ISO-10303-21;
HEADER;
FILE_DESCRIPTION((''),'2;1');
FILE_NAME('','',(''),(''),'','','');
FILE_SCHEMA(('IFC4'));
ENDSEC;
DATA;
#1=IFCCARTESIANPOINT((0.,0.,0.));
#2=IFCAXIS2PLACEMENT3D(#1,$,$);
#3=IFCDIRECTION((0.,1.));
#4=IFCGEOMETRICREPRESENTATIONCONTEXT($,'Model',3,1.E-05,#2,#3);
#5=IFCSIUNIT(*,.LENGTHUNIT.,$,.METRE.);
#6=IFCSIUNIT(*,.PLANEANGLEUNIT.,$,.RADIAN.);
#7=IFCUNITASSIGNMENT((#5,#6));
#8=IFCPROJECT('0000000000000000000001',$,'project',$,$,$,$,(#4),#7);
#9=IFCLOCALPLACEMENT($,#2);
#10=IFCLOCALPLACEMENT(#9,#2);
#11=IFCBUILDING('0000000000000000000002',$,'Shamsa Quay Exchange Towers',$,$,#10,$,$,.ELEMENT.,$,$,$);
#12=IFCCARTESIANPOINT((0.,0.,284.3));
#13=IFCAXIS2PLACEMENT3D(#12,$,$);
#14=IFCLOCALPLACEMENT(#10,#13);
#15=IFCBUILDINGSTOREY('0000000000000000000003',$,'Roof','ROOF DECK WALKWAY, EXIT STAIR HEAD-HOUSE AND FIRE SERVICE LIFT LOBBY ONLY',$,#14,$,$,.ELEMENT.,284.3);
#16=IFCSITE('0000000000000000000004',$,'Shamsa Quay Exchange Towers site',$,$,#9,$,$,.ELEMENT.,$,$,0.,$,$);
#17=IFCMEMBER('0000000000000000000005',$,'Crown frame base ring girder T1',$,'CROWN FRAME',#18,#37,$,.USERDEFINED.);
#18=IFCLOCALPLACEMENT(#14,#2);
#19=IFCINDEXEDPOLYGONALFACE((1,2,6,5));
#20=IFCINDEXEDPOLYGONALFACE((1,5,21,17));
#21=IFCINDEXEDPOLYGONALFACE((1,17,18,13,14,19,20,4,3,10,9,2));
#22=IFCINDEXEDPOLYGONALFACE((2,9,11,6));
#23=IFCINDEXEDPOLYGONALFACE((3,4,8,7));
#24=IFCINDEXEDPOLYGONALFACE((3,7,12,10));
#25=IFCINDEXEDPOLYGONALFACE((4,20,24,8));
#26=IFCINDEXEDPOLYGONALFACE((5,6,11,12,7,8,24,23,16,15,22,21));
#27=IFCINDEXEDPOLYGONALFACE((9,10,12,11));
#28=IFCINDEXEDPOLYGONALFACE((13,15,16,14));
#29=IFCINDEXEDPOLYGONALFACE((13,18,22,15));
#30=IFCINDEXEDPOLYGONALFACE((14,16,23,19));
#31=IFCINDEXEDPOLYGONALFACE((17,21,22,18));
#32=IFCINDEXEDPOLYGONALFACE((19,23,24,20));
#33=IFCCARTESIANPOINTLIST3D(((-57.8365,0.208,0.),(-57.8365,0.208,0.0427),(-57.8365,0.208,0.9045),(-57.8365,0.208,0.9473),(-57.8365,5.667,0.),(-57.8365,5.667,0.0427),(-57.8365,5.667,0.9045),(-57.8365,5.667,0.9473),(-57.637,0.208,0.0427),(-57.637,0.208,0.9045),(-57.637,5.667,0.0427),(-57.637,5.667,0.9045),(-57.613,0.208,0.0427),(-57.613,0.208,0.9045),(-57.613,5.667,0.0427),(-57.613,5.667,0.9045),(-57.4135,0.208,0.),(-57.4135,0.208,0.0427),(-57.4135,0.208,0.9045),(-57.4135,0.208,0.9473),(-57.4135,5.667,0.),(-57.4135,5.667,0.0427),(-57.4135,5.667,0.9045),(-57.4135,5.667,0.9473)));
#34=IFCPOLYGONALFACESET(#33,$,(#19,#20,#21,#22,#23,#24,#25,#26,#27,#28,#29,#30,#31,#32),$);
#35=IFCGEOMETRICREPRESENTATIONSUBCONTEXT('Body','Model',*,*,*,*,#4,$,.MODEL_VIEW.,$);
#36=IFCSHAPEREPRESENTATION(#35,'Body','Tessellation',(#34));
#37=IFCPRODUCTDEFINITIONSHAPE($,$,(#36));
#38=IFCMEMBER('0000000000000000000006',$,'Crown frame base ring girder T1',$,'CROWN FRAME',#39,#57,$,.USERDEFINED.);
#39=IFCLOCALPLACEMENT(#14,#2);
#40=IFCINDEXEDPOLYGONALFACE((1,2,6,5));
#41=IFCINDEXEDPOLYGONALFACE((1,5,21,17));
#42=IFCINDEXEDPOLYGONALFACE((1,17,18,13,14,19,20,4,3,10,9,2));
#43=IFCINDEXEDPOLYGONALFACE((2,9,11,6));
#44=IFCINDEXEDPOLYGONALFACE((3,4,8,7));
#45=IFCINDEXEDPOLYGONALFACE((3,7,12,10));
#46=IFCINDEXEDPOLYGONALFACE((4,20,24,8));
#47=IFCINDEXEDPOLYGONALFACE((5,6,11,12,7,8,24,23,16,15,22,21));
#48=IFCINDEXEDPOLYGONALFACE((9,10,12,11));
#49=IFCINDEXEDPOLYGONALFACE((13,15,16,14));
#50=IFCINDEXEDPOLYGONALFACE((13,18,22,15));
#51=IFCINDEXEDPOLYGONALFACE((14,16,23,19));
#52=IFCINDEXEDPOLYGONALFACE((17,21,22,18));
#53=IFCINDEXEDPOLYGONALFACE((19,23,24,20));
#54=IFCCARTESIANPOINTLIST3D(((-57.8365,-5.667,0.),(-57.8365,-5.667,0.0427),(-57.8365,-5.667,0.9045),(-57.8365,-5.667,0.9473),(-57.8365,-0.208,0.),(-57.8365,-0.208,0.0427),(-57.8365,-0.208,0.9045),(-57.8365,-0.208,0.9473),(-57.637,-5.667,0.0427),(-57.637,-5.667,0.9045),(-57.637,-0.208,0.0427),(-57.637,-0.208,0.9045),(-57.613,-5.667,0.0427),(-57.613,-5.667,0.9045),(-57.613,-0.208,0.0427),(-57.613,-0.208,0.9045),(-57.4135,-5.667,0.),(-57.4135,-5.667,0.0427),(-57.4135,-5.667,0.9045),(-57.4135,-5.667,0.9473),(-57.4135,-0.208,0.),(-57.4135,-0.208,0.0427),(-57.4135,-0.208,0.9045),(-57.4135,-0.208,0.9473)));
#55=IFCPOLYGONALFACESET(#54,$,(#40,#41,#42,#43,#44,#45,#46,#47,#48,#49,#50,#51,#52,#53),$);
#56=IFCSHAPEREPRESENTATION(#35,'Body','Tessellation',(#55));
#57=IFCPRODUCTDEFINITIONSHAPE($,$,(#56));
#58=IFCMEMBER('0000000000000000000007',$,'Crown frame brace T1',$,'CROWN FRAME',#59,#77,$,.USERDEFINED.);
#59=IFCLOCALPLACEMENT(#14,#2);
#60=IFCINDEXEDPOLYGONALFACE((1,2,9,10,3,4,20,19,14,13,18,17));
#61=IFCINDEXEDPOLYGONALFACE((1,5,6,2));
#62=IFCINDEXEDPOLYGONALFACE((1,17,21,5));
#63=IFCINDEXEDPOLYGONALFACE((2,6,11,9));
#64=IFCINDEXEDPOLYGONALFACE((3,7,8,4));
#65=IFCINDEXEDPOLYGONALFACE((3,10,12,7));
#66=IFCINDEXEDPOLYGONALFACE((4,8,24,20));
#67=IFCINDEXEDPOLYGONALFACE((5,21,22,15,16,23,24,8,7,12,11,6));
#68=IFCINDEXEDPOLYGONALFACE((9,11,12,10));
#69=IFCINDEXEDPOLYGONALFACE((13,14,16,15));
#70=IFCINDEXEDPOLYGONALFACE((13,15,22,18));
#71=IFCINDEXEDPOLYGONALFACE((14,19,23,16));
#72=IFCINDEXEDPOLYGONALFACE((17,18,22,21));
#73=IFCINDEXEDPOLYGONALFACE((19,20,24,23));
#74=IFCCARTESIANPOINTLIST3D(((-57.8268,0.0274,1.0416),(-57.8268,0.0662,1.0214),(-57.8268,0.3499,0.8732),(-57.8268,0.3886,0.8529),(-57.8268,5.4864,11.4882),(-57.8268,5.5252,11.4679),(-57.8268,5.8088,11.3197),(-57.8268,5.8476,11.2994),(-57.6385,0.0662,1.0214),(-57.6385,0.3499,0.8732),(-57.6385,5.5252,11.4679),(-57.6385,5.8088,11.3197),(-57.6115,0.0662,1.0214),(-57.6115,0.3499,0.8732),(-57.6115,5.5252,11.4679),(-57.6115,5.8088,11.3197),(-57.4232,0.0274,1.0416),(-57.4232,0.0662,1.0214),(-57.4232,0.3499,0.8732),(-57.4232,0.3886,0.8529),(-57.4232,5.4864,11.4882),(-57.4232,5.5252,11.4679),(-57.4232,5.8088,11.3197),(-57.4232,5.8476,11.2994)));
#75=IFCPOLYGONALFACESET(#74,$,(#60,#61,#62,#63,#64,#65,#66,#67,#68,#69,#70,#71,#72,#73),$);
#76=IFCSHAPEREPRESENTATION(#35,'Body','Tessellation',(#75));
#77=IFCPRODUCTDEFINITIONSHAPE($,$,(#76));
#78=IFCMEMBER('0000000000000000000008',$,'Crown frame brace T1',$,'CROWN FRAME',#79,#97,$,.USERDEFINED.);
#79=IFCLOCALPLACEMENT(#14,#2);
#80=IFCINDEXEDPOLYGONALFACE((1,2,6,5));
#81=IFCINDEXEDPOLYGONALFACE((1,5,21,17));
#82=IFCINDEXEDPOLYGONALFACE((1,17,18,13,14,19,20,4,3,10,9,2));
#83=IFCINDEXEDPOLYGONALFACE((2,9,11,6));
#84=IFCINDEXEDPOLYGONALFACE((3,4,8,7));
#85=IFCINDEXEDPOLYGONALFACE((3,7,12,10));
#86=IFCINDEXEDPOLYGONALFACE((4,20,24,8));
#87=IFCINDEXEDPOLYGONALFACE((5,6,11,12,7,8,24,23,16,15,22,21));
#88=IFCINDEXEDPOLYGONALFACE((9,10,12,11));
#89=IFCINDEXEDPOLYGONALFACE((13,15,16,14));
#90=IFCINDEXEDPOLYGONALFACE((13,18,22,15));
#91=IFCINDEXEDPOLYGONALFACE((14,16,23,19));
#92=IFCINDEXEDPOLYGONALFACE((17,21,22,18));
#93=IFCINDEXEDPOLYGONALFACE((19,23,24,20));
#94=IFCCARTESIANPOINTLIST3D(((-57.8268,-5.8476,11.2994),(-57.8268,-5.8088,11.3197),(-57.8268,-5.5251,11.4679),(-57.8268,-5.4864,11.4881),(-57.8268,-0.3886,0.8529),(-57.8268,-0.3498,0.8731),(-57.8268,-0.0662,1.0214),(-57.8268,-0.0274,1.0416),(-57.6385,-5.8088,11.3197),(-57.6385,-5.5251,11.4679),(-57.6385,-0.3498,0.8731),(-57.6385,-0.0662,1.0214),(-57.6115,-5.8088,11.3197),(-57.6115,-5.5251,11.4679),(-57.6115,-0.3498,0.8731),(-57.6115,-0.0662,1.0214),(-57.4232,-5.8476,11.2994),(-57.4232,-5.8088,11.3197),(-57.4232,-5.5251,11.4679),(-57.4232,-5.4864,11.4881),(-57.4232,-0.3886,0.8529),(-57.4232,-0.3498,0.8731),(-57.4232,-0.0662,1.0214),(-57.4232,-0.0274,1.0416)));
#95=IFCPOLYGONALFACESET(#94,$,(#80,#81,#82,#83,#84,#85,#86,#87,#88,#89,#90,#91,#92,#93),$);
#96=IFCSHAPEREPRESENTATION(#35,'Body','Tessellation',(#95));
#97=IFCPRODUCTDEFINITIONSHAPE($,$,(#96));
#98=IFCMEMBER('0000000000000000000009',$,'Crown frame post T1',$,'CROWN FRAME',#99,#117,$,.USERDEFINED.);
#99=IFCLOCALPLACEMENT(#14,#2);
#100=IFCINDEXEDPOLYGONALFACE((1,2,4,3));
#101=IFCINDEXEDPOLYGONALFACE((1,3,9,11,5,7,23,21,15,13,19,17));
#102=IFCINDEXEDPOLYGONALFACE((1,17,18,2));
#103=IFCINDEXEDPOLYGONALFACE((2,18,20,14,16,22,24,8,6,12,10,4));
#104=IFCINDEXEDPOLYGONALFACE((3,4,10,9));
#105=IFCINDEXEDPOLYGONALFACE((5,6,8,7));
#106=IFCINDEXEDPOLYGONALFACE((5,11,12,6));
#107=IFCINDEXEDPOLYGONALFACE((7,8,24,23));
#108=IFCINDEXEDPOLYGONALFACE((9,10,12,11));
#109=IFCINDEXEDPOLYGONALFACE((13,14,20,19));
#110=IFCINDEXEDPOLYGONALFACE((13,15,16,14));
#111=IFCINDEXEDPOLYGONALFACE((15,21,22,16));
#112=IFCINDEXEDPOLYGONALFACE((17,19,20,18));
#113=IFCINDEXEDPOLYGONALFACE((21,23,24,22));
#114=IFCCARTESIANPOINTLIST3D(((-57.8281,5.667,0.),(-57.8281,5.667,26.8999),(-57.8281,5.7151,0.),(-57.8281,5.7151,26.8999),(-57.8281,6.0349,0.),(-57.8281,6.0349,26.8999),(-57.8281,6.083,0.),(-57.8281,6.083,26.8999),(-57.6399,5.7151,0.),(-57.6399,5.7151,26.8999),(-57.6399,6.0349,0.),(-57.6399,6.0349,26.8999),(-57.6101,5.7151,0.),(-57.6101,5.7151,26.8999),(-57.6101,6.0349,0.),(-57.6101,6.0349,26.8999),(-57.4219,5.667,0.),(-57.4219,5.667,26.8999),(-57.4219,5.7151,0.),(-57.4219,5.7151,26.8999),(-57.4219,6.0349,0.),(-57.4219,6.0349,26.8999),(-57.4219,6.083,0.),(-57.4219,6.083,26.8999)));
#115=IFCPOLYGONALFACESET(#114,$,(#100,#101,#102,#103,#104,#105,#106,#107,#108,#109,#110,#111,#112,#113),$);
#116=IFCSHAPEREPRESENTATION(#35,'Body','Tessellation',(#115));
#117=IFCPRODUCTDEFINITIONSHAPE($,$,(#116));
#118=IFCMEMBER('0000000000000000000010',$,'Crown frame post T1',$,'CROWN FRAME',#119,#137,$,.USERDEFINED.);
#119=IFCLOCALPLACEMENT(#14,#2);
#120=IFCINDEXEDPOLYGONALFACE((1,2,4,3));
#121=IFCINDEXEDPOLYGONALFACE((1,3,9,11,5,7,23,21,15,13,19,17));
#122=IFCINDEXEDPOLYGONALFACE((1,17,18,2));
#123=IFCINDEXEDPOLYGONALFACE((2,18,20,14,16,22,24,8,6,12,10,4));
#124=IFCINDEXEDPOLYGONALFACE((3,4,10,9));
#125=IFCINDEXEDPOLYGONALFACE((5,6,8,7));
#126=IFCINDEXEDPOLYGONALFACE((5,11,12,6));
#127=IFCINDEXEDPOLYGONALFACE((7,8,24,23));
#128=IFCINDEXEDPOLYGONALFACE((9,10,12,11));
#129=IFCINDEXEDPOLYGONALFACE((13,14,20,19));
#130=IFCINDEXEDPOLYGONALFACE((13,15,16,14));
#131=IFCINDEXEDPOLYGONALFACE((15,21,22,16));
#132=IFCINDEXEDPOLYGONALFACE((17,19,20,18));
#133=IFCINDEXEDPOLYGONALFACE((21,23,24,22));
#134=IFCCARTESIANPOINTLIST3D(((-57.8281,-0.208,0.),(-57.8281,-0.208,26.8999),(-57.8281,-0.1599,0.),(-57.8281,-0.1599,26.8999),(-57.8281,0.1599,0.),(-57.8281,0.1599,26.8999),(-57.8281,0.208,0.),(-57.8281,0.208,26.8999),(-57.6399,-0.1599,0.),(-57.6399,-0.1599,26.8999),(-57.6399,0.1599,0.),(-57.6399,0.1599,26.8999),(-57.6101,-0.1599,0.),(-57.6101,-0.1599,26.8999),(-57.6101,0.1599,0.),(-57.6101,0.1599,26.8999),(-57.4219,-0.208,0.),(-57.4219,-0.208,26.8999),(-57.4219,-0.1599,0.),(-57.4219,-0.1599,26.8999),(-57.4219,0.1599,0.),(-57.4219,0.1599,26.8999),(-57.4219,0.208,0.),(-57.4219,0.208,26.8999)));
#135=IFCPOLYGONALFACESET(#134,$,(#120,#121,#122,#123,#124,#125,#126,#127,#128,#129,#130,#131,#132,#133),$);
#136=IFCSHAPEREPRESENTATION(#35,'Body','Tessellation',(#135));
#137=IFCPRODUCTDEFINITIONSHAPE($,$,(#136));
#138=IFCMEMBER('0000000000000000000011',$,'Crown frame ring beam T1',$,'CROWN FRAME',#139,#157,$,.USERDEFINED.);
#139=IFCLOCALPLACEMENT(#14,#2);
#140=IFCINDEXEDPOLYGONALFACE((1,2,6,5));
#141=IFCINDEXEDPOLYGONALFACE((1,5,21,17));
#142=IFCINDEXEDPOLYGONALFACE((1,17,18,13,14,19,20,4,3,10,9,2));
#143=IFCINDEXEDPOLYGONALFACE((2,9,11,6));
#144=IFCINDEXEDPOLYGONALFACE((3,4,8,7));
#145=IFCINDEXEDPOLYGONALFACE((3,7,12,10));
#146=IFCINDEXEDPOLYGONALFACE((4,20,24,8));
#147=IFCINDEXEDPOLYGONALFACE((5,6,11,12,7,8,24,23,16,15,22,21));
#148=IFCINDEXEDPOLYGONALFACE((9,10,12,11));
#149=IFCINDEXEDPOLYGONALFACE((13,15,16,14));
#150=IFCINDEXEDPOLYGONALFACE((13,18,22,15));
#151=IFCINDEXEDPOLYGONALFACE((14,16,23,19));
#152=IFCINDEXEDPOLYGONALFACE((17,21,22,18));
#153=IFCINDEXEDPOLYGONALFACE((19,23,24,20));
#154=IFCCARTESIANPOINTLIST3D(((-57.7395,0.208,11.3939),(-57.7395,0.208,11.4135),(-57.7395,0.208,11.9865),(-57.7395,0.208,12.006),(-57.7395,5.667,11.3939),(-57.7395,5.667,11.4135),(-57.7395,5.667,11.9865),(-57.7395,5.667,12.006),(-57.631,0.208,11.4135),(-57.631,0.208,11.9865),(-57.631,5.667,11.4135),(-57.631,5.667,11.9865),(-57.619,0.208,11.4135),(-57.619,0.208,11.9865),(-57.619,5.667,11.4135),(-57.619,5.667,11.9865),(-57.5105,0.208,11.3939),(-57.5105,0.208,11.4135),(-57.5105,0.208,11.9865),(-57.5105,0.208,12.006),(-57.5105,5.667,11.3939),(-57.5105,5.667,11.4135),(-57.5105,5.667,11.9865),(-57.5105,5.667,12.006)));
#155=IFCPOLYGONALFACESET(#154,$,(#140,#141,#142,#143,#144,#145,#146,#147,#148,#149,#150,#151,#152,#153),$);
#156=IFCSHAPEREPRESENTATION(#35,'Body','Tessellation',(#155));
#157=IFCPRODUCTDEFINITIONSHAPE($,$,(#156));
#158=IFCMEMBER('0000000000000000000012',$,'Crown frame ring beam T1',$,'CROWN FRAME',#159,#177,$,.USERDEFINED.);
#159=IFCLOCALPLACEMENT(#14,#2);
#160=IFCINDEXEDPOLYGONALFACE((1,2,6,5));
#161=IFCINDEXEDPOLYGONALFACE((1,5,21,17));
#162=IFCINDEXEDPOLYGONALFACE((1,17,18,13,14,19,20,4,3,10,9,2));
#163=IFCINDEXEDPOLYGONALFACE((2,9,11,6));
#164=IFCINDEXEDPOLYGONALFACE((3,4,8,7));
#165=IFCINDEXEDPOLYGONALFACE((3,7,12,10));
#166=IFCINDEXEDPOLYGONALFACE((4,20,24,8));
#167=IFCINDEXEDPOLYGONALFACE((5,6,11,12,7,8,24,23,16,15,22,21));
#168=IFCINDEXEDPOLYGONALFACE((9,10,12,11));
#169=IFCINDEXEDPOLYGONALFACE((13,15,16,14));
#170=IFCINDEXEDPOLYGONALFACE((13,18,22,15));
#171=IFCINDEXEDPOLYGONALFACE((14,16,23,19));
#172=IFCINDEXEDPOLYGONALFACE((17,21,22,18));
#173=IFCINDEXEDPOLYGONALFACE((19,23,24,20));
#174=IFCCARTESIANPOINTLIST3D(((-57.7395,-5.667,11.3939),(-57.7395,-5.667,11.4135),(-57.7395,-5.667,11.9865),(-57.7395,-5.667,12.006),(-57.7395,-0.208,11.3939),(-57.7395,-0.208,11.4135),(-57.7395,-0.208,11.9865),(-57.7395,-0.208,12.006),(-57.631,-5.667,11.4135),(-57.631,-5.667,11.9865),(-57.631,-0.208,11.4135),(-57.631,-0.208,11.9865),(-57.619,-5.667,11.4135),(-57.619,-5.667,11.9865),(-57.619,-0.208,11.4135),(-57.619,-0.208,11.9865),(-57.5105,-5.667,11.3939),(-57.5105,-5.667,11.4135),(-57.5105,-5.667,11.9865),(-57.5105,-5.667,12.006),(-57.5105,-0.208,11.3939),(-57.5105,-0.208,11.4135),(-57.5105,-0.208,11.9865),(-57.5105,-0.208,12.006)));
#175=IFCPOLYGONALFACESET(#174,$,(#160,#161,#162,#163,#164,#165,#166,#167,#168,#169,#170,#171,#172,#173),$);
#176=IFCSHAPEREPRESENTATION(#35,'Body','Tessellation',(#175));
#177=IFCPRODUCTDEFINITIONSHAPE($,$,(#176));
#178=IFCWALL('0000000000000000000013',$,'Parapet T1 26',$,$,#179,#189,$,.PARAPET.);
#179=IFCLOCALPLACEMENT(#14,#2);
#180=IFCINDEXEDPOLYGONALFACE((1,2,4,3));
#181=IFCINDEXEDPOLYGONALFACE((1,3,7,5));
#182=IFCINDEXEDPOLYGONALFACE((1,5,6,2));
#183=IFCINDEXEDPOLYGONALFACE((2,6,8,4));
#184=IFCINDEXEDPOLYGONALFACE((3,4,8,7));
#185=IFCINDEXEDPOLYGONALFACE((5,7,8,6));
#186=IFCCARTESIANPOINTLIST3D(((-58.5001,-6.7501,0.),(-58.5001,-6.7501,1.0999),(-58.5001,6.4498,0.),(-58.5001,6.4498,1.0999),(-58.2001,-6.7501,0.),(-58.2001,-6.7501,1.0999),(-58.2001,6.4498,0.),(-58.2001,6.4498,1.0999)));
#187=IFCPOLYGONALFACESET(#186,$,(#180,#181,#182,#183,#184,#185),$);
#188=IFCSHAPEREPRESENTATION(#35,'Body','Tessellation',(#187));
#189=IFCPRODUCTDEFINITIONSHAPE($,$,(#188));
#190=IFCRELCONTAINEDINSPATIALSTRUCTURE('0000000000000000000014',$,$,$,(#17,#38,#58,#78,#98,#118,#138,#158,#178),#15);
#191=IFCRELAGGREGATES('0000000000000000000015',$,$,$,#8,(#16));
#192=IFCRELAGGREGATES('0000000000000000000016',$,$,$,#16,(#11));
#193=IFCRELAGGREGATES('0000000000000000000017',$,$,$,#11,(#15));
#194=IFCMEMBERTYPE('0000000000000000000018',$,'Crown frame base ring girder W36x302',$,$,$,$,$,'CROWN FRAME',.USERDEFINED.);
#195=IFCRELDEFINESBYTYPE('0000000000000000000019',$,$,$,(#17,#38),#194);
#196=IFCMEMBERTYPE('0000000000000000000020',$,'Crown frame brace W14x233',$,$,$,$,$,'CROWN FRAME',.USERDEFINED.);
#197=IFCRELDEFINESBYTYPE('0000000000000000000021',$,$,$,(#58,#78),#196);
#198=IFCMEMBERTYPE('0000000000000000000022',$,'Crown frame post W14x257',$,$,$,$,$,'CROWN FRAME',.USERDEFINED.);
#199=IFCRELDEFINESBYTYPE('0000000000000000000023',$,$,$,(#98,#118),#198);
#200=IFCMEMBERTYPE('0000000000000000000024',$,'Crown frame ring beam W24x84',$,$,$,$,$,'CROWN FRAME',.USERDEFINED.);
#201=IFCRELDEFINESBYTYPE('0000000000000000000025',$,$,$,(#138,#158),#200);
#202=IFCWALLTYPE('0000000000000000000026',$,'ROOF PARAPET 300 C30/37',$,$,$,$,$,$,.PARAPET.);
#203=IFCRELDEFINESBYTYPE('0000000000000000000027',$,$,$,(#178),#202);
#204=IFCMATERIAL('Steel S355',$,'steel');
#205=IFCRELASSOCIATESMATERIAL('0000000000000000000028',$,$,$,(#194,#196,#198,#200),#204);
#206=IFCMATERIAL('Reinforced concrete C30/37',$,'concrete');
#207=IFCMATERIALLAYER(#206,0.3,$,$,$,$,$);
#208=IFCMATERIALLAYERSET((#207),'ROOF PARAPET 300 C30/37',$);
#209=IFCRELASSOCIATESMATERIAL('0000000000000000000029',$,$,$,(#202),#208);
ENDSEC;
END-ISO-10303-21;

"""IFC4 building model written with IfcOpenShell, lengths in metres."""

from ifc_helpers import new_model, si_unit, direction, frame, frame_2d, origin, origin_2d, place, context, subcontext, project, spatial, rectangle, i_section, extrude, material, layer, layer_set, material_profile, profile_set, type_object, element, save


model = new_model("IFC4")

# Units and contexts
model_context = context("Model", 3, precision=1e-05, world=origin(), true_north=direction((0.0, 1.0)))
body_context = subcontext(model_context, "Body", "Model", "MODEL_VIEW")
ifc_project = project(units=[si_unit("LENGTHUNIT", "METRE"), si_unit("PLANEANGLEUNIT", "RADIAN")], contexts=[model_context])

# Site, building, storey
site_placement = place(None, origin())
site = spatial("IfcSite", under=ifc_project, at=site_placement, Name="Shamsa Quay Exchange Towers site", CompositionType="ELEMENT", RefElevation=0.0)
building_placement = place(site_placement, origin())
building = spatial("IfcBuilding", under=site, at=building_placement, Name="Shamsa Quay Exchange Towers", CompositionType="ELEMENT")
storey_placement = place(building_placement, frame((0.0, 0.0, 284.3)))
storey = spatial("IfcBuildingStorey", under=building, at=storey_placement, Name="Roof", Description="ROOF DECK WALKWAY, EXIT STAIR HEAD-HOUSE AND FIRE SERVICE LIFT LOBBY ONLY", CompositionType="ELEMENT", Elevation=284.3)

# Members
ifc_material_1 = material(Name="Steel S355", Category="steel")
ifc_material_profile_1 = material_profile(ifc_material_1, i_section(OverallWidth=0.4231, OverallDepth=0.9473, WebThickness=0.0239, FlangeThickness=0.0427, at=origin_2d()), Name="W36x302")
ifc_profile_set_1 = profile_set([ifc_material_profile_1], Name="Steel S355")
member_type_1 = type_object("IfcMemberType", Name="Crown frame base ring girder W36x302", ElementType="CROWN FRAME", PredefinedType="USERDEFINED", material=ifc_profile_set_1)
for number, where, z_axis, x_axis, name in (
    (1, (-57.625, 5.667, 0.4736), (0.0, -1.0, 0.0), (1.0, 0.0, 0.0), "Crown frame base ring girder T1"),
    (2, (-57.625, -0.208, 0.4736), (0.0, -1.0, 0.0), (1.0, 0.0, 0.0), "Crown frame base ring girder T1"),
):
    element("IfcMember", number, at=place(storey_placement, frame(where, z_axis=z_axis, x_axis=x_axis)), inside=storey, type_object=member_type_1, Name=name, ObjectType="CROWN FRAME", PredefinedType="USERDEFINED", context=body_context, shape_type="SweptSolid", body=[
        extrude(i_section(OverallWidth=0.4231, OverallDepth=0.9473, WebThickness=0.0239, FlangeThickness=0.0427, at=origin_2d()), origin(), (0.0, 0.0, 1.0), 5.459),
    ])
ifc_material_profile_2 = material_profile(ifc_material_1, i_section(OverallWidth=0.4036, OverallDepth=0.4075, WebThickness=0.0271, FlangeThickness=0.0437, at=origin_2d()), Name="W14x233")
ifc_profile_set_2 = profile_set([ifc_material_profile_2], Name="Steel S355")
member_type_2 = type_object("IfcMemberType", Name="Crown frame brace W14x233", ElementType="CROWN FRAME", PredefinedType="USERDEFINED", material=ifc_profile_set_2)
for number, where, z_axis, x_axis, name in (
    (3, (-57.625, 5.667, 11.3938), (0.0, -0.463141, -0.886285), (1.0, 0.0, 0.0), "Crown frame brace T1"),
    (4, (-57.625, -0.208, 0.9473), (0.0, -0.463141, 0.886285), (1.0, 0.0, 0.0), "Crown frame brace T1"),
):
    element("IfcMember", number, at=place(storey_placement, frame(where, z_axis=z_axis, x_axis=x_axis)), inside=storey, type_object=member_type_2, Name=name, ObjectType="CROWN FRAME", PredefinedType="USERDEFINED", context=body_context, shape_type="SweptSolid", body=[
        extrude(i_section(OverallWidth=0.4036, OverallDepth=0.4075, WebThickness=0.0271, FlangeThickness=0.0437, at=origin_2d()), origin(), (0.0, 0.0, 1.0), 11.7869),
    ])
ifc_material_profile_3 = material_profile(ifc_material_1, i_section(OverallWidth=0.4062, OverallDepth=0.416, WebThickness=0.0298, FlangeThickness=0.0481, at=origin_2d()), Name="W14x257")
ifc_profile_set_3 = profile_set([ifc_material_profile_3], Name="Steel S355")
member_type_3 = type_object("IfcMemberType", Name="Crown frame post W14x257", ElementType="CROWN FRAME", PredefinedType="USERDEFINED", material=ifc_profile_set_3)
for number, where, name in (
    (5, (-57.625, 5.875, 0.0), "Crown frame post T1"),
    (6, (-57.625, 0.0, 0.0), "Crown frame post T1"),
):
    element("IfcMember", number, at=place(storey_placement, frame(where)), inside=storey, type_object=member_type_3, Name=name, ObjectType="CROWN FRAME", PredefinedType="USERDEFINED", context=body_context, shape_type="SweptSolid", body=[
        extrude(i_section(OverallWidth=0.4062, OverallDepth=0.416, WebThickness=0.0298, FlangeThickness=0.0481, at=origin_2d()), origin(), (0.0, 0.0, 1.0), 26.8999),
    ])
ifc_material_profile_4 = material_profile(ifc_material_1, i_section(OverallWidth=0.229, OverallDepth=0.6121, WebThickness=0.012, FlangeThickness=0.0195, at=origin_2d()), Name="W24x84")
ifc_profile_set_4 = profile_set([ifc_material_profile_4], Name="Steel S355")
member_type_4 = type_object("IfcMemberType", Name="Crown frame ring beam W24x84", ElementType="CROWN FRAME", PredefinedType="USERDEFINED", material=ifc_profile_set_4)
for number, where, z_axis, x_axis, name in (
    (7, (-57.625, 5.667, 11.7), (0.0, -1.0, 0.0), (1.0, 0.0, 0.0), "Crown frame ring beam T1"),
    (8, (-57.625, -0.208, 11.7), (0.0, -1.0, 0.0), (1.0, 0.0, 0.0), "Crown frame ring beam T1"),
):
    element("IfcMember", number, at=place(storey_placement, frame(where, z_axis=z_axis, x_axis=x_axis)), inside=storey, type_object=member_type_4, Name=name, ObjectType="CROWN FRAME", PredefinedType="USERDEFINED", context=body_context, shape_type="SweptSolid", body=[
        extrude(i_section(OverallWidth=0.229, OverallDepth=0.6121, WebThickness=0.012, FlangeThickness=0.0195, at=origin_2d()), origin(), (0.0, 0.0, 1.0), 5.459),
    ])

# Wall
ifc_material_2 = material(Name="Reinforced concrete C30/37", Category="concrete")
ifc_layer_1 = layer(ifc_material_2, 0.3)
ifc_layer_set_1 = layer_set([ifc_layer_1], Name="ROOF PARAPET 300 C30/37")
wall_type = type_object("IfcWallType", Name="ROOF PARAPET 300 C30/37", PredefinedType="PARAPET", material=ifc_layer_set_1)
wall_placement = place(storey_placement, frame((-58.3501, 6.45, 0.0), z_axis=(0.0, 0.0, 1.0), x_axis=(0.0, -1.0, 0.0)))
element("IfcWall", 9, at=wall_placement, inside=storey, type_object=wall_type, Name="Parapet T1 26", PredefinedType="PARAPET", context=body_context, shape_type="SweptSolid", body=[
    extrude(rectangle(XDim=13.2, YDim=0.3, at=frame_2d((6.6001, 0.0))), origin(), (0.0, 0.0, 1.0), 1.0999),
])

save(model, "model.ifc")
